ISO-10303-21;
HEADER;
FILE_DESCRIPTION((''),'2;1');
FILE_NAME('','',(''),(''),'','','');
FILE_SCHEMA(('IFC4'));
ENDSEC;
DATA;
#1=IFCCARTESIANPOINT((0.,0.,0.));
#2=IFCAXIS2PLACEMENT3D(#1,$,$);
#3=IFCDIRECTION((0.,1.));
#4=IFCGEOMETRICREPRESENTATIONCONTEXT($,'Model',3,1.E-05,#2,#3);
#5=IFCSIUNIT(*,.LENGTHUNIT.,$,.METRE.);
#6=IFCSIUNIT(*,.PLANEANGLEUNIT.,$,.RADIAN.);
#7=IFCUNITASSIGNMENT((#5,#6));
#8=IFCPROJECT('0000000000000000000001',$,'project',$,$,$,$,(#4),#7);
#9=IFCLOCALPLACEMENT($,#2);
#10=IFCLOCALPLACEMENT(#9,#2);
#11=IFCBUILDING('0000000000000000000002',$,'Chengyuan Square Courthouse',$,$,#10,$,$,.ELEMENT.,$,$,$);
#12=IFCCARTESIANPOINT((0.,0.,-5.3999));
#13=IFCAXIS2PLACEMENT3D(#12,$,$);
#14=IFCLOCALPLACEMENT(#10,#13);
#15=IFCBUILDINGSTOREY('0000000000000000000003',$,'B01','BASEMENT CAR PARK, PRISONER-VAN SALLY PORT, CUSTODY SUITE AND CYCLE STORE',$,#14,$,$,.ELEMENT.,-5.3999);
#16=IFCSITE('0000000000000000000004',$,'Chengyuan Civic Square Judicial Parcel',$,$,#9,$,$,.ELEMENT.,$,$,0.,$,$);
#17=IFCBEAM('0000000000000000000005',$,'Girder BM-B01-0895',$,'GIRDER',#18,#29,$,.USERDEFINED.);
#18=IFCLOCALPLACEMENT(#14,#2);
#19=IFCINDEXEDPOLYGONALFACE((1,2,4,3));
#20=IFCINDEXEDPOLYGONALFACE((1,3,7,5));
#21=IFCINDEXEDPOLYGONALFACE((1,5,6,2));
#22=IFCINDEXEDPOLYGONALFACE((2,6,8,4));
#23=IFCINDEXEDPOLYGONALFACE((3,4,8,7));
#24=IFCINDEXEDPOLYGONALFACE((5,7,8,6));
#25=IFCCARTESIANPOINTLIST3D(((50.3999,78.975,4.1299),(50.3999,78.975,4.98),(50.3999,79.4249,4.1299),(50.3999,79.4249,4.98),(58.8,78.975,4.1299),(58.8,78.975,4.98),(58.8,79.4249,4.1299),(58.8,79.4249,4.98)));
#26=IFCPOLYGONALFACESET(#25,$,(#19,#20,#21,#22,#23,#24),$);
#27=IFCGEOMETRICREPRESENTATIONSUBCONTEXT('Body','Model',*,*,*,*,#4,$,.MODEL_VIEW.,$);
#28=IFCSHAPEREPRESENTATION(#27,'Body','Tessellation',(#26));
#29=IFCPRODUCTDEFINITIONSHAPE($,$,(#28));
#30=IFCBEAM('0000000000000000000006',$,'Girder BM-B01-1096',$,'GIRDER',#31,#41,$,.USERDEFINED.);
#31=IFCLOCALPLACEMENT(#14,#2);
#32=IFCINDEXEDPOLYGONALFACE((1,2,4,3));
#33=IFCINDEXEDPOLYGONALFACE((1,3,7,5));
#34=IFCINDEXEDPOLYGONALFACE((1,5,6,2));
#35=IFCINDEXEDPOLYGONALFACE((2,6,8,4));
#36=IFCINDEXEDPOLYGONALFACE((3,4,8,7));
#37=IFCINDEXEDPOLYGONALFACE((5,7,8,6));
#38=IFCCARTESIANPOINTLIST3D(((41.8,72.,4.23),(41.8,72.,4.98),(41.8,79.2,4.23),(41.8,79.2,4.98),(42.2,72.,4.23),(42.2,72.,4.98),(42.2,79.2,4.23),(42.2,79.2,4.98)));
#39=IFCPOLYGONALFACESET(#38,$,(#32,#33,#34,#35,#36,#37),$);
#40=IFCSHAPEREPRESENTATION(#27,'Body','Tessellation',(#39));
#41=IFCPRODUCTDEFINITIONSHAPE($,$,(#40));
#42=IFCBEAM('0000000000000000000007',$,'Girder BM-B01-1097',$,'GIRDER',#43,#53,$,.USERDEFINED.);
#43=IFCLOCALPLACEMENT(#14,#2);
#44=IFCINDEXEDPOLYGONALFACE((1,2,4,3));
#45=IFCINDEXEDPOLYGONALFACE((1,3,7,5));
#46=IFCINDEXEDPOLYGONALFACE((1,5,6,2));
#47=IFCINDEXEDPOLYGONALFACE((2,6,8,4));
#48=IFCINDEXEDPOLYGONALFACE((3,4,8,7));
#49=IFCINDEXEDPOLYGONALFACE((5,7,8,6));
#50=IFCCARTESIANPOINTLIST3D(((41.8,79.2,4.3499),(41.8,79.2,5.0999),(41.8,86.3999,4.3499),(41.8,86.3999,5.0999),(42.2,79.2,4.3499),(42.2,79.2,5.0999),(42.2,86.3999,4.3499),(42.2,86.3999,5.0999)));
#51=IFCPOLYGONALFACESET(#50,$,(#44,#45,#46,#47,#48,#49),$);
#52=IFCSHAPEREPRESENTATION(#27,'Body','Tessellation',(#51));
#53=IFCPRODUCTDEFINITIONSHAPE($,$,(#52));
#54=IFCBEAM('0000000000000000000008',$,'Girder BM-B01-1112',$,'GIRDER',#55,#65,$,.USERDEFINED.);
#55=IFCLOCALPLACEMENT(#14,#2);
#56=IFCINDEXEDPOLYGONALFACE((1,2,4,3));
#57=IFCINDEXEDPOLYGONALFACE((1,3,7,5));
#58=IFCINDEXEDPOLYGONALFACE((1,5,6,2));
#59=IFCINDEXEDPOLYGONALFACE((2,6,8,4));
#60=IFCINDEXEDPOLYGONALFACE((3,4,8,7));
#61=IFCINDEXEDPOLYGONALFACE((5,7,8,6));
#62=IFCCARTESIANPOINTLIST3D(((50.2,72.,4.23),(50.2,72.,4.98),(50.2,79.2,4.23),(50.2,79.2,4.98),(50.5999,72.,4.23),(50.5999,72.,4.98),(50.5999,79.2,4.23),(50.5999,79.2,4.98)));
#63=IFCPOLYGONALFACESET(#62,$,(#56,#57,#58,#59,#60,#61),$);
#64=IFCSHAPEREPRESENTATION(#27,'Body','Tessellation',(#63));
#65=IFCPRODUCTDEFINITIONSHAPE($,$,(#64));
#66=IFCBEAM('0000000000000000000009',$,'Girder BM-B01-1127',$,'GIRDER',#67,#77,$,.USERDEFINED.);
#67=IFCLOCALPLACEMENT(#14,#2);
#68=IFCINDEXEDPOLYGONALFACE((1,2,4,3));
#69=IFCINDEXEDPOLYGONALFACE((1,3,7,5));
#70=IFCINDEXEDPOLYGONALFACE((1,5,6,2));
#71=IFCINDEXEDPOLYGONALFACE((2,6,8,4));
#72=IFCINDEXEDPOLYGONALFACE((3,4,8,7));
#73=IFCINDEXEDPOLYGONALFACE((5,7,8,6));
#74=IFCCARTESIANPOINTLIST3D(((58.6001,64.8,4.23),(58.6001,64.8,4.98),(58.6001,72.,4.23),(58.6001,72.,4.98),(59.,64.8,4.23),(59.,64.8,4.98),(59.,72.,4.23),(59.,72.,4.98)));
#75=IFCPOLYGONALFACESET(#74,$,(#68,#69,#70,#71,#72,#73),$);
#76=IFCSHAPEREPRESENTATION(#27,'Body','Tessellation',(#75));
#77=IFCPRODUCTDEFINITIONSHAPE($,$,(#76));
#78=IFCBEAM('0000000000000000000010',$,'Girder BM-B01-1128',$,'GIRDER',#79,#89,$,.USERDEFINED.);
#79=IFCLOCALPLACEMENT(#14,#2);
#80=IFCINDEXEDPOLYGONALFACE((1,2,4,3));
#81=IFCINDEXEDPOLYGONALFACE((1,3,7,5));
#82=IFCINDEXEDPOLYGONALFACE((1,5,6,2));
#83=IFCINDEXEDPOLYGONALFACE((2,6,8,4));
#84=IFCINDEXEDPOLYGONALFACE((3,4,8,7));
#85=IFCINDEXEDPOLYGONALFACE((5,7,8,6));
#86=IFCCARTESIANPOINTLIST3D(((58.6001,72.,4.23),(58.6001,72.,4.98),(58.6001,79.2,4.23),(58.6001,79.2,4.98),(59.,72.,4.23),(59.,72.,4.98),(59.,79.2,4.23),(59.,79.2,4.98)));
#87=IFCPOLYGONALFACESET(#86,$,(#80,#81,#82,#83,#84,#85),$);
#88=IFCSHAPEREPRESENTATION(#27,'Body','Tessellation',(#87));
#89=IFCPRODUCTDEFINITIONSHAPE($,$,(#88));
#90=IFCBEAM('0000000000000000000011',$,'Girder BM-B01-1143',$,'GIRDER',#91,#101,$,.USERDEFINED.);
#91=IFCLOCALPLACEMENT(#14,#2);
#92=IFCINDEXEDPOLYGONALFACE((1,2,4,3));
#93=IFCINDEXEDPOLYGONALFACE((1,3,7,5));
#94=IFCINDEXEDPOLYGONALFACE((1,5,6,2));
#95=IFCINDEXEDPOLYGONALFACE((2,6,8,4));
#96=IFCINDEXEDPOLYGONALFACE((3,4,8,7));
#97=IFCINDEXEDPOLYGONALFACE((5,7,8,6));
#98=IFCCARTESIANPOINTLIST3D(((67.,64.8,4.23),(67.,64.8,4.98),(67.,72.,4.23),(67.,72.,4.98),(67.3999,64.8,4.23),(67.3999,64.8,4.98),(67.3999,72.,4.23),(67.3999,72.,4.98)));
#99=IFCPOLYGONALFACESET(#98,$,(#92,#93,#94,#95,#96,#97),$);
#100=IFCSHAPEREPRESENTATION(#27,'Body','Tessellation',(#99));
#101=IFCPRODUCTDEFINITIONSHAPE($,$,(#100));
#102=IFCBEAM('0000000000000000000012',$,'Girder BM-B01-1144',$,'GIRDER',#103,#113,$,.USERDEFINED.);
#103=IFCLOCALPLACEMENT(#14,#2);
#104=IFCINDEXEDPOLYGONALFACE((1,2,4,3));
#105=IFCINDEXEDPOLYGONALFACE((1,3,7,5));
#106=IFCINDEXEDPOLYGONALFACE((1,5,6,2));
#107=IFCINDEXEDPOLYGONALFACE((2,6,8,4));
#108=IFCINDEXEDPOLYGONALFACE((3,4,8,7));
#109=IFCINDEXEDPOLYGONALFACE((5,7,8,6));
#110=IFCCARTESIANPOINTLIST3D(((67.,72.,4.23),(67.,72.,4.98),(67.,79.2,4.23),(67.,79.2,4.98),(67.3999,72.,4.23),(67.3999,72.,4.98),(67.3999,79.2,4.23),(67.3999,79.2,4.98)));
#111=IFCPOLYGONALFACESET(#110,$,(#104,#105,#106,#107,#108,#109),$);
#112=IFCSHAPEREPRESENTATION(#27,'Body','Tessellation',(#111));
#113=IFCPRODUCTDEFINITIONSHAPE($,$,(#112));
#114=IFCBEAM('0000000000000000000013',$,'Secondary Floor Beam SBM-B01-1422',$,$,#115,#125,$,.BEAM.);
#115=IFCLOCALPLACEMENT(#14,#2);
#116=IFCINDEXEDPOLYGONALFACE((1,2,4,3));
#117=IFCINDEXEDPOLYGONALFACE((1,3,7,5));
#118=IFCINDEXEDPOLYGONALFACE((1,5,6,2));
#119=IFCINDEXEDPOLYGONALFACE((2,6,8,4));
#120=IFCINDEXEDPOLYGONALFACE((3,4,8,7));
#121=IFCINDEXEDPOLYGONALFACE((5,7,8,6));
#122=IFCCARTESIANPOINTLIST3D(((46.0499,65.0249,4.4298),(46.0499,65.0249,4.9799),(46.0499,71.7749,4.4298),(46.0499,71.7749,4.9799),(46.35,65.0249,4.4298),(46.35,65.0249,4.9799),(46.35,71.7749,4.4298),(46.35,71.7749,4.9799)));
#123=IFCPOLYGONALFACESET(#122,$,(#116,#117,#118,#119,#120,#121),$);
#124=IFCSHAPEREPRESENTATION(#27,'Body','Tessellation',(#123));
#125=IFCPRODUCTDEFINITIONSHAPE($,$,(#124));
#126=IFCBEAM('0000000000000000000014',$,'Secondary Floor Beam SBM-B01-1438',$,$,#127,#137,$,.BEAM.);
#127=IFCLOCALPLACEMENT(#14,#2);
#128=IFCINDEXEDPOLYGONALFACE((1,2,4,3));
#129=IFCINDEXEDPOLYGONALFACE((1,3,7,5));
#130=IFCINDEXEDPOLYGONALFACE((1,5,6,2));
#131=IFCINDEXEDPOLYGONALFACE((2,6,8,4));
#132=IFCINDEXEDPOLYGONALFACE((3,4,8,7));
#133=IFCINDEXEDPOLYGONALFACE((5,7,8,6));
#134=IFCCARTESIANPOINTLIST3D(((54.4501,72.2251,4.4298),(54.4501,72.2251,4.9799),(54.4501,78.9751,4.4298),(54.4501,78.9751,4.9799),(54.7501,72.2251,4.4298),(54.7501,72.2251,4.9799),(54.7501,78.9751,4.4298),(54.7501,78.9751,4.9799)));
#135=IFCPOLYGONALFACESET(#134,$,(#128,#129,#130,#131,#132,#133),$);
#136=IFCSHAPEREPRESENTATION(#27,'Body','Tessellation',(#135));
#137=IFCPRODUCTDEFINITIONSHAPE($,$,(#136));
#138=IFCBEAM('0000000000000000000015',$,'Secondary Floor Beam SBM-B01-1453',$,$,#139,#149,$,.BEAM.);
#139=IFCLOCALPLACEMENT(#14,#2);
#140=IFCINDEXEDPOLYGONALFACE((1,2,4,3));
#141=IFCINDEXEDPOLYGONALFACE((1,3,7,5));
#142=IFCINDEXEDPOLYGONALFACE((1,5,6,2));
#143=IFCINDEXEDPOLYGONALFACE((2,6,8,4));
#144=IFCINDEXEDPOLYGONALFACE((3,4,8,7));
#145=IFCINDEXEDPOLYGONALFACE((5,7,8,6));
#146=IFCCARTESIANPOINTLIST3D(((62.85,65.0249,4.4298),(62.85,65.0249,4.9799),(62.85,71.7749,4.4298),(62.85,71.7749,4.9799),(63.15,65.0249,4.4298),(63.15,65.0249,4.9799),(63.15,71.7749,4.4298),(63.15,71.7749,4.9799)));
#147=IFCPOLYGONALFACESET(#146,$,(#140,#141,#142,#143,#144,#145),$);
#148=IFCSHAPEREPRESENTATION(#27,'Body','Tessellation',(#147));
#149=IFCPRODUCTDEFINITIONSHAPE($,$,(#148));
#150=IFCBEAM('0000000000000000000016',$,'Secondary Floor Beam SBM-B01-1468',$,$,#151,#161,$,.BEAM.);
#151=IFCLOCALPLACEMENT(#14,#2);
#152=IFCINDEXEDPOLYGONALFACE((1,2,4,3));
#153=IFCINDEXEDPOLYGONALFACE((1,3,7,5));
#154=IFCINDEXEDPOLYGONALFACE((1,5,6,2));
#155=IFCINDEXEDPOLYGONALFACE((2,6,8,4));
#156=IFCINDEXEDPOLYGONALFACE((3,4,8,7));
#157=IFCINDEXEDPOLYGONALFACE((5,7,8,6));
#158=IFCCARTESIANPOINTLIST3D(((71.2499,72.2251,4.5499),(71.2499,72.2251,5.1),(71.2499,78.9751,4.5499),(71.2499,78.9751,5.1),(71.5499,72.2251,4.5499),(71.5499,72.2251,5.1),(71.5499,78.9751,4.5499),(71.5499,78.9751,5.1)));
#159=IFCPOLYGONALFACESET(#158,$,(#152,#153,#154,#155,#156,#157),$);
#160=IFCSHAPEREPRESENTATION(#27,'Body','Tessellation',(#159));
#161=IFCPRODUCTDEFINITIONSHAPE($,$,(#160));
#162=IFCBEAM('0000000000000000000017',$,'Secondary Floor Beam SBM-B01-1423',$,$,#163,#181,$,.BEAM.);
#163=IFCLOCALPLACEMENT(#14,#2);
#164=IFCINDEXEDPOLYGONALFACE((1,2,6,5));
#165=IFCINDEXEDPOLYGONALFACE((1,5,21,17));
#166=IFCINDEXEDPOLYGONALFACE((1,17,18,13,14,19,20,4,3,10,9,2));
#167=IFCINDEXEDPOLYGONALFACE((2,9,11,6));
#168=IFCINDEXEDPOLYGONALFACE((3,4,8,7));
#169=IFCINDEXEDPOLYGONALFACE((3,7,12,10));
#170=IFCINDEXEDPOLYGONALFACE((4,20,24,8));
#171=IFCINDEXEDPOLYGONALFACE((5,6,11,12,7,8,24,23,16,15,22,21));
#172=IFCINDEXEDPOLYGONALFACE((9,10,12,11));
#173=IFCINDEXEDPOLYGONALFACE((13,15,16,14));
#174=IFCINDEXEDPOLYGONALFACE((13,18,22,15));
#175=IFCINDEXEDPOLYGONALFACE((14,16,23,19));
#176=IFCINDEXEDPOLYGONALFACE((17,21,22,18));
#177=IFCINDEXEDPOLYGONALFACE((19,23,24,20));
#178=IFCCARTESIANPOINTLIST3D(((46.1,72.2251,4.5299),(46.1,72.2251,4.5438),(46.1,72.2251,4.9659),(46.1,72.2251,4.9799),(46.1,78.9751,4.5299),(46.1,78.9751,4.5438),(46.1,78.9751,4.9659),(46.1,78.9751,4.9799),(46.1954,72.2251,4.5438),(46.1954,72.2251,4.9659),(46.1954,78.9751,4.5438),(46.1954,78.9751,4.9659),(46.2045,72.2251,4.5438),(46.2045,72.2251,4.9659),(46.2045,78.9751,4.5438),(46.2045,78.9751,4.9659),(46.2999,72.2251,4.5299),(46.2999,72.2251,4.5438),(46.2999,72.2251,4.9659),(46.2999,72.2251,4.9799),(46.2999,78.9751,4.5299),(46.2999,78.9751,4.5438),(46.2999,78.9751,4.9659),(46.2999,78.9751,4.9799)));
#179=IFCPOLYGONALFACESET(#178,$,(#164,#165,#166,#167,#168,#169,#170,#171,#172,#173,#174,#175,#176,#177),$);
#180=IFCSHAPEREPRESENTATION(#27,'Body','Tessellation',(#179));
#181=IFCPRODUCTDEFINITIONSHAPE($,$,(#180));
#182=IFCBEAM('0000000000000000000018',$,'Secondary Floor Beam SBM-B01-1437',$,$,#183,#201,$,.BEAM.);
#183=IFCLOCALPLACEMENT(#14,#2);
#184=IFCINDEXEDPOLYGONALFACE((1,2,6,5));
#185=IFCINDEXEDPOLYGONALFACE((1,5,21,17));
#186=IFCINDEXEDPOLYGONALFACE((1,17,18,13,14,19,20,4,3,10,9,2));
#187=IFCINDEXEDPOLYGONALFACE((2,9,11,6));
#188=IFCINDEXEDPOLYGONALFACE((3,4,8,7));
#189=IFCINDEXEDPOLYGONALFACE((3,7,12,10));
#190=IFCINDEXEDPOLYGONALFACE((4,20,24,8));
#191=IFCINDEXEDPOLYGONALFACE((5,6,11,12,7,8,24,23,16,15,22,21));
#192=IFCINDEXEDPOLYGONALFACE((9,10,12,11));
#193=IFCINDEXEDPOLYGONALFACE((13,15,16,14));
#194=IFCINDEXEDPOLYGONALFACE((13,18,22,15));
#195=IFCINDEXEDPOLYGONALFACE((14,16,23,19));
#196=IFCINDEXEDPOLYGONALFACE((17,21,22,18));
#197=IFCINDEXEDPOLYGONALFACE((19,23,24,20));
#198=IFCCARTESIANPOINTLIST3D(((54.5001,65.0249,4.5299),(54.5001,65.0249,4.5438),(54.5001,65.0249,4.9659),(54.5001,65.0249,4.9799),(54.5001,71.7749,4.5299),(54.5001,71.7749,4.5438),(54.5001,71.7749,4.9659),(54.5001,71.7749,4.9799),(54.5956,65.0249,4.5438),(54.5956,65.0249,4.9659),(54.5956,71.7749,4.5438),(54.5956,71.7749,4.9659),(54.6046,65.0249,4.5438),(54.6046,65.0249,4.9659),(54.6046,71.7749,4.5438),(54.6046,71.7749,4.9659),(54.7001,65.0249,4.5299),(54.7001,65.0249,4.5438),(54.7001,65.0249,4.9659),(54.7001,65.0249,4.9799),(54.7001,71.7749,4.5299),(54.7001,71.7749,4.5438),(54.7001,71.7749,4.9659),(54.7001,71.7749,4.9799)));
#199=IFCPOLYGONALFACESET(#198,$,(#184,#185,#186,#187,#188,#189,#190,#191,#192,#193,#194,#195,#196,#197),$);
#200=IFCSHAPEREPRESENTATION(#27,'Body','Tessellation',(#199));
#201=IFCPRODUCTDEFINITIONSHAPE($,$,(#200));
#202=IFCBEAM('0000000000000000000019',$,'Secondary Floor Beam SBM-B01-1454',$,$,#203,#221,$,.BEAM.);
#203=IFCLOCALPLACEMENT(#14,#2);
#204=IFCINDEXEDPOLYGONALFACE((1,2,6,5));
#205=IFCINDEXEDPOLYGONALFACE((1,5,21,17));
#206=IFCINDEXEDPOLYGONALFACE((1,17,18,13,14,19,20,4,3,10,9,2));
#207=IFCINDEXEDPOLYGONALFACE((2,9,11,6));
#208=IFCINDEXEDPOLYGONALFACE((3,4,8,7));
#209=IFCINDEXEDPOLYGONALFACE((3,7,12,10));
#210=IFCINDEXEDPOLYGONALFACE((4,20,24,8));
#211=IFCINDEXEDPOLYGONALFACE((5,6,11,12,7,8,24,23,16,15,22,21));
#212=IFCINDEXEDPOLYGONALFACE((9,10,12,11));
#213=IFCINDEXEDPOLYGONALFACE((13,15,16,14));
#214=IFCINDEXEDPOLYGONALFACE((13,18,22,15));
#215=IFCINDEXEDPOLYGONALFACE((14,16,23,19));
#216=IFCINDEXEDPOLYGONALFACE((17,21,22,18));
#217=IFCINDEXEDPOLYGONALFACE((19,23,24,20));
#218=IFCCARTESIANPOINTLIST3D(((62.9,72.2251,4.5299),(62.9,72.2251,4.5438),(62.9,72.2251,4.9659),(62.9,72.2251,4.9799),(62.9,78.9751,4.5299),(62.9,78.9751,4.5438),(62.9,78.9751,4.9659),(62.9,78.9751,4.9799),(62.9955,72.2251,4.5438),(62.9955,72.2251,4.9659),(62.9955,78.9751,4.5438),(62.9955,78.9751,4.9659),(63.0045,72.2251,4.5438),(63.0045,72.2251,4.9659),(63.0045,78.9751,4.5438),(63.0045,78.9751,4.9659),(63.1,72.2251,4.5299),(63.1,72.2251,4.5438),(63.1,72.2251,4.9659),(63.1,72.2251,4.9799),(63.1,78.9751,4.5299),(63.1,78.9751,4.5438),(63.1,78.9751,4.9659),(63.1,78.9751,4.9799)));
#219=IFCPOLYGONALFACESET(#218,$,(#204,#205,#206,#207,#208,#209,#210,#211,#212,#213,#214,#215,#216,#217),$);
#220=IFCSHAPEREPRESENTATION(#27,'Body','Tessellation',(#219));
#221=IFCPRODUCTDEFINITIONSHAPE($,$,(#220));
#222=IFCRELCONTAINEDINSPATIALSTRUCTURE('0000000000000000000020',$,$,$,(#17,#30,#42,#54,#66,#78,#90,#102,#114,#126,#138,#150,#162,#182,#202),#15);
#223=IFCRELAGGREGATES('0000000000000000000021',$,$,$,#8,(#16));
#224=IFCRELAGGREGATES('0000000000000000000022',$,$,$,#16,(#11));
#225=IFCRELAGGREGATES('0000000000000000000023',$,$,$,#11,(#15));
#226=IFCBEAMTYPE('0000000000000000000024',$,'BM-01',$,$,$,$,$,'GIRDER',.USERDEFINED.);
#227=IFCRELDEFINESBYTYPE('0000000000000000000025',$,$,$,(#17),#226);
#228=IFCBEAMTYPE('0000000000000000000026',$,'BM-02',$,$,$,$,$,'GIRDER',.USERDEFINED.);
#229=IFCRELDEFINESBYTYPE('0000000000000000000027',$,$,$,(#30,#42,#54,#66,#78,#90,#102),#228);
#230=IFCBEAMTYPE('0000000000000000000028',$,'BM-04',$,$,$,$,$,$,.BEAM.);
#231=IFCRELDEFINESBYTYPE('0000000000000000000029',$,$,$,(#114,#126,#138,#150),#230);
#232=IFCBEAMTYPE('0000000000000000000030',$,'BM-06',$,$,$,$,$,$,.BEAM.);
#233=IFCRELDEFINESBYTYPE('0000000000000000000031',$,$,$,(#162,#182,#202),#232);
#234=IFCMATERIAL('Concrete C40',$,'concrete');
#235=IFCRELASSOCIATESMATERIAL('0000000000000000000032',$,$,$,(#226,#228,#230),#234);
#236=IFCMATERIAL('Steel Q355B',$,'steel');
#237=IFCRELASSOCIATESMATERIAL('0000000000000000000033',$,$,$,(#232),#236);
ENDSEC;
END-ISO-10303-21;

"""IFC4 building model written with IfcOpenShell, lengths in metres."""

from ifc_helpers import new_model, si_unit, direction, frame, origin, origin_2d, place, context, subcontext, project, spatial, rectangle, i_section, extrude, material, material_profile, profile_set, type_object, element, save


model = new_model("IFC4")

# Units and contexts
model_context = context("Model", 3, precision=1e-05, world=origin(), true_north=direction((0.0, 1.0)))
body_context = subcontext(model_context, "Body", "Model", "MODEL_VIEW")
ifc_project = project(units=[si_unit("LENGTHUNIT", "METRE"), si_unit("PLANEANGLEUNIT", "RADIAN")], contexts=[model_context])

# Site, building, storey
site_placement = place(None, origin())
site = spatial("IfcSite", under=ifc_project, at=site_placement, Name="Chengyuan Civic Square Judicial Parcel", CompositionType="ELEMENT", RefElevation=0.0)
building_placement = place(site_placement, origin())
building = spatial("IfcBuilding", under=site, at=building_placement, Name="Chengyuan Square Courthouse", CompositionType="ELEMENT")
storey_placement = place(building_placement, frame((0.0, 0.0, -5.3999)))
storey = spatial("IfcBuildingStorey", under=building, at=storey_placement, Name="B01", Description="BASEMENT CAR PARK, PRISONER-VAN SALLY PORT, CUSTODY SUITE AND CYCLE STORE", CompositionType="ELEMENT", Elevation=-5.3999)

# Beams
ifc_material_1 = material(Name="Concrete C40", Category="concrete")
ifc_material_profile_1 = material_profile(ifc_material_1, rectangle(XDim=0.45, YDim=0.8501, at=origin_2d()), Name="RC-BM-450x850")
ifc_profile_set_1 = profile_set([ifc_material_profile_1], Name="Concrete C40")
beam_type_1 = type_object("IfcBeamType", Name="BM-01", ElementType="GIRDER", PredefinedType="USERDEFINED", material=ifc_profile_set_1)
beam_1_placement = place(storey_placement, frame((50.3999, 79.2, 4.5549), z_axis=(1.0, 0.0, 0.0), x_axis=(0.0, 1.0, 0.0)))
element("IfcBeam", 1, at=beam_1_placement, inside=storey, type_object=beam_type_1, Name="Girder BM-B01-0895", ObjectType="GIRDER", PredefinedType="USERDEFINED", context=body_context, shape_type="SweptSolid", body=[
    extrude(rectangle(XDim=0.45, YDim=0.8501, at=origin_2d()), origin(), (0.0, 0.0, 1.0), 8.4001),
])
ifc_material_profile_2 = material_profile(ifc_material_1, rectangle(XDim=0.3999, YDim=0.75, at=origin_2d()), Name="RC-BM-400x750")
ifc_profile_set_2 = profile_set([ifc_material_profile_2], Name="Concrete C40")
beam_type_2 = type_object("IfcBeamType", Name="BM-02", ElementType="GIRDER", PredefinedType="USERDEFINED", material=ifc_profile_set_2)
for number, where, z_axis, x_axis, name in (
    (2, (42.0, 72.0, 4.605), (0.0, 1.0, 0.0), (-1.0, 0.0, 0.0), "Girder BM-B01-1096"),
    (3, (42.0, 79.2, 4.7249), (0.0, 1.0, 0.0), (-1.0, 0.0, 0.0), "Girder BM-B01-1097"),
    (4, (50.3999, 72.0, 4.605), (0.0, 1.0, 0.0), (-1.0, 0.0, 0.0), "Girder BM-B01-1112"),
    (5, (58.8, 64.8, 4.605), (0.0, 1.0, 0.0), (-1.0, 0.0, 0.0), "Girder BM-B01-1127"),
    (6, (58.8, 72.0, 4.605), (0.0, 1.0, 0.0), (-1.0, 0.0, 0.0), "Girder BM-B01-1128"),
    (7, (67.2, 64.8, 4.605), (0.0, 1.0, 0.0), (-1.0, 0.0, 0.0), "Girder BM-B01-1143"),
    (8, (67.2, 72.0, 4.605), (0.0, 1.0, 0.0), (-1.0, 0.0, 0.0), "Girder BM-B01-1144"),
):
    element("IfcBeam", number, at=place(storey_placement, frame(where, z_axis=z_axis, x_axis=x_axis)), inside=storey, type_object=beam_type_2, Name=name, ObjectType="GIRDER", PredefinedType="USERDEFINED", context=body_context, shape_type="SweptSolid", body=[
        extrude(rectangle(XDim=0.3999, YDim=0.75, at=origin_2d()), origin(), (0.0, 0.0, 1.0), 7.2),
    ])
ifc_material_profile_3 = material_profile(ifc_material_1, rectangle(XDim=0.3, YDim=0.55, at=origin_2d()), Name="RC-BM-300x550")
ifc_profile_set_3 = profile_set([ifc_material_profile_3], Name="Concrete C40")
beam_type_3 = type_object("IfcBeamType", Name="BM-04", PredefinedType="BEAM", material=ifc_profile_set_3)
for number, where, z_axis, x_axis, name in (
    (9, (46.2, 65.0249, 4.7048), (0.0, 1.0, 0.0), (-1.0, 0.0, 0.0), "Secondary Floor Beam SBM-B01-1422"),
    (10, (54.6001, 72.2251, 4.7048), (0.0, 1.0, 0.0), (-1.0, 0.0, 0.0), "Secondary Floor Beam SBM-B01-1438"),
    (11, (63.0, 65.0249, 4.7048), (0.0, 1.0, 0.0), (-1.0, 0.0, 0.0), "Secondary Floor Beam SBM-B01-1453"),
    (12, (71.3999, 72.2251, 4.825), (0.0, 1.0, 0.0), (-1.0, 0.0, 0.0), "Secondary Floor Beam SBM-B01-1468"),
):
    element("IfcBeam", number, at=place(storey_placement, frame(where, z_axis=z_axis, x_axis=x_axis)), inside=storey, type_object=beam_type_3, Name=name, PredefinedType="BEAM", context=body_context, shape_type="SweptSolid", body=[
        extrude(rectangle(XDim=0.3, YDim=0.55, at=origin_2d()), origin(), (0.0, 0.0, 1.0), 6.75),
    ])
ifc_material_2 = material(Name="Steel Q355B", Category="steel")
ifc_material_profile_4 = material_profile(ifc_material_2, i_section(OverallWidth=0.2, OverallDepth=0.45, WebThickness=0.009, FlangeThickness=0.0139, at=origin_2d()), Name="HN 450x200x9x14")
ifc_profile_set_4 = profile_set([ifc_material_profile_4], Name="Steel Q355B")
beam_type_4 = type_object("IfcBeamType", Name="BM-06", PredefinedType="BEAM", material=ifc_profile_set_4)
for number, where, z_axis, x_axis, name in (
    (13, (46.2, 72.2251, 4.7549), (0.0, 1.0, 0.0), (-1.0, 0.0, 0.0), "Secondary Floor Beam SBM-B01-1423"),
    (14, (54.6001, 65.0249, 4.7549), (0.0, 1.0, 0.0), (-1.0, 0.0, 0.0), "Secondary Floor Beam SBM-B01-1437"),
    (15, (63.0, 72.2251, 4.7549), (0.0, 1.0, 0.0), (-1.0, 0.0, 0.0), "Secondary Floor Beam SBM-B01-1454"),
):
    element("IfcBeam", number, at=place(storey_placement, frame(where, z_axis=z_axis, x_axis=x_axis)), inside=storey, type_object=beam_type_4, Name=name, PredefinedType="BEAM", context=body_context, shape_type="SweptSolid", body=[
        extrude(i_section(OverallWidth=0.2, OverallDepth=0.45, WebThickness=0.009, FlangeThickness=0.0139, at=origin_2d()), origin(), (0.0, 0.0, 1.0), 6.75),
    ])

save(model, "model.ifc")
